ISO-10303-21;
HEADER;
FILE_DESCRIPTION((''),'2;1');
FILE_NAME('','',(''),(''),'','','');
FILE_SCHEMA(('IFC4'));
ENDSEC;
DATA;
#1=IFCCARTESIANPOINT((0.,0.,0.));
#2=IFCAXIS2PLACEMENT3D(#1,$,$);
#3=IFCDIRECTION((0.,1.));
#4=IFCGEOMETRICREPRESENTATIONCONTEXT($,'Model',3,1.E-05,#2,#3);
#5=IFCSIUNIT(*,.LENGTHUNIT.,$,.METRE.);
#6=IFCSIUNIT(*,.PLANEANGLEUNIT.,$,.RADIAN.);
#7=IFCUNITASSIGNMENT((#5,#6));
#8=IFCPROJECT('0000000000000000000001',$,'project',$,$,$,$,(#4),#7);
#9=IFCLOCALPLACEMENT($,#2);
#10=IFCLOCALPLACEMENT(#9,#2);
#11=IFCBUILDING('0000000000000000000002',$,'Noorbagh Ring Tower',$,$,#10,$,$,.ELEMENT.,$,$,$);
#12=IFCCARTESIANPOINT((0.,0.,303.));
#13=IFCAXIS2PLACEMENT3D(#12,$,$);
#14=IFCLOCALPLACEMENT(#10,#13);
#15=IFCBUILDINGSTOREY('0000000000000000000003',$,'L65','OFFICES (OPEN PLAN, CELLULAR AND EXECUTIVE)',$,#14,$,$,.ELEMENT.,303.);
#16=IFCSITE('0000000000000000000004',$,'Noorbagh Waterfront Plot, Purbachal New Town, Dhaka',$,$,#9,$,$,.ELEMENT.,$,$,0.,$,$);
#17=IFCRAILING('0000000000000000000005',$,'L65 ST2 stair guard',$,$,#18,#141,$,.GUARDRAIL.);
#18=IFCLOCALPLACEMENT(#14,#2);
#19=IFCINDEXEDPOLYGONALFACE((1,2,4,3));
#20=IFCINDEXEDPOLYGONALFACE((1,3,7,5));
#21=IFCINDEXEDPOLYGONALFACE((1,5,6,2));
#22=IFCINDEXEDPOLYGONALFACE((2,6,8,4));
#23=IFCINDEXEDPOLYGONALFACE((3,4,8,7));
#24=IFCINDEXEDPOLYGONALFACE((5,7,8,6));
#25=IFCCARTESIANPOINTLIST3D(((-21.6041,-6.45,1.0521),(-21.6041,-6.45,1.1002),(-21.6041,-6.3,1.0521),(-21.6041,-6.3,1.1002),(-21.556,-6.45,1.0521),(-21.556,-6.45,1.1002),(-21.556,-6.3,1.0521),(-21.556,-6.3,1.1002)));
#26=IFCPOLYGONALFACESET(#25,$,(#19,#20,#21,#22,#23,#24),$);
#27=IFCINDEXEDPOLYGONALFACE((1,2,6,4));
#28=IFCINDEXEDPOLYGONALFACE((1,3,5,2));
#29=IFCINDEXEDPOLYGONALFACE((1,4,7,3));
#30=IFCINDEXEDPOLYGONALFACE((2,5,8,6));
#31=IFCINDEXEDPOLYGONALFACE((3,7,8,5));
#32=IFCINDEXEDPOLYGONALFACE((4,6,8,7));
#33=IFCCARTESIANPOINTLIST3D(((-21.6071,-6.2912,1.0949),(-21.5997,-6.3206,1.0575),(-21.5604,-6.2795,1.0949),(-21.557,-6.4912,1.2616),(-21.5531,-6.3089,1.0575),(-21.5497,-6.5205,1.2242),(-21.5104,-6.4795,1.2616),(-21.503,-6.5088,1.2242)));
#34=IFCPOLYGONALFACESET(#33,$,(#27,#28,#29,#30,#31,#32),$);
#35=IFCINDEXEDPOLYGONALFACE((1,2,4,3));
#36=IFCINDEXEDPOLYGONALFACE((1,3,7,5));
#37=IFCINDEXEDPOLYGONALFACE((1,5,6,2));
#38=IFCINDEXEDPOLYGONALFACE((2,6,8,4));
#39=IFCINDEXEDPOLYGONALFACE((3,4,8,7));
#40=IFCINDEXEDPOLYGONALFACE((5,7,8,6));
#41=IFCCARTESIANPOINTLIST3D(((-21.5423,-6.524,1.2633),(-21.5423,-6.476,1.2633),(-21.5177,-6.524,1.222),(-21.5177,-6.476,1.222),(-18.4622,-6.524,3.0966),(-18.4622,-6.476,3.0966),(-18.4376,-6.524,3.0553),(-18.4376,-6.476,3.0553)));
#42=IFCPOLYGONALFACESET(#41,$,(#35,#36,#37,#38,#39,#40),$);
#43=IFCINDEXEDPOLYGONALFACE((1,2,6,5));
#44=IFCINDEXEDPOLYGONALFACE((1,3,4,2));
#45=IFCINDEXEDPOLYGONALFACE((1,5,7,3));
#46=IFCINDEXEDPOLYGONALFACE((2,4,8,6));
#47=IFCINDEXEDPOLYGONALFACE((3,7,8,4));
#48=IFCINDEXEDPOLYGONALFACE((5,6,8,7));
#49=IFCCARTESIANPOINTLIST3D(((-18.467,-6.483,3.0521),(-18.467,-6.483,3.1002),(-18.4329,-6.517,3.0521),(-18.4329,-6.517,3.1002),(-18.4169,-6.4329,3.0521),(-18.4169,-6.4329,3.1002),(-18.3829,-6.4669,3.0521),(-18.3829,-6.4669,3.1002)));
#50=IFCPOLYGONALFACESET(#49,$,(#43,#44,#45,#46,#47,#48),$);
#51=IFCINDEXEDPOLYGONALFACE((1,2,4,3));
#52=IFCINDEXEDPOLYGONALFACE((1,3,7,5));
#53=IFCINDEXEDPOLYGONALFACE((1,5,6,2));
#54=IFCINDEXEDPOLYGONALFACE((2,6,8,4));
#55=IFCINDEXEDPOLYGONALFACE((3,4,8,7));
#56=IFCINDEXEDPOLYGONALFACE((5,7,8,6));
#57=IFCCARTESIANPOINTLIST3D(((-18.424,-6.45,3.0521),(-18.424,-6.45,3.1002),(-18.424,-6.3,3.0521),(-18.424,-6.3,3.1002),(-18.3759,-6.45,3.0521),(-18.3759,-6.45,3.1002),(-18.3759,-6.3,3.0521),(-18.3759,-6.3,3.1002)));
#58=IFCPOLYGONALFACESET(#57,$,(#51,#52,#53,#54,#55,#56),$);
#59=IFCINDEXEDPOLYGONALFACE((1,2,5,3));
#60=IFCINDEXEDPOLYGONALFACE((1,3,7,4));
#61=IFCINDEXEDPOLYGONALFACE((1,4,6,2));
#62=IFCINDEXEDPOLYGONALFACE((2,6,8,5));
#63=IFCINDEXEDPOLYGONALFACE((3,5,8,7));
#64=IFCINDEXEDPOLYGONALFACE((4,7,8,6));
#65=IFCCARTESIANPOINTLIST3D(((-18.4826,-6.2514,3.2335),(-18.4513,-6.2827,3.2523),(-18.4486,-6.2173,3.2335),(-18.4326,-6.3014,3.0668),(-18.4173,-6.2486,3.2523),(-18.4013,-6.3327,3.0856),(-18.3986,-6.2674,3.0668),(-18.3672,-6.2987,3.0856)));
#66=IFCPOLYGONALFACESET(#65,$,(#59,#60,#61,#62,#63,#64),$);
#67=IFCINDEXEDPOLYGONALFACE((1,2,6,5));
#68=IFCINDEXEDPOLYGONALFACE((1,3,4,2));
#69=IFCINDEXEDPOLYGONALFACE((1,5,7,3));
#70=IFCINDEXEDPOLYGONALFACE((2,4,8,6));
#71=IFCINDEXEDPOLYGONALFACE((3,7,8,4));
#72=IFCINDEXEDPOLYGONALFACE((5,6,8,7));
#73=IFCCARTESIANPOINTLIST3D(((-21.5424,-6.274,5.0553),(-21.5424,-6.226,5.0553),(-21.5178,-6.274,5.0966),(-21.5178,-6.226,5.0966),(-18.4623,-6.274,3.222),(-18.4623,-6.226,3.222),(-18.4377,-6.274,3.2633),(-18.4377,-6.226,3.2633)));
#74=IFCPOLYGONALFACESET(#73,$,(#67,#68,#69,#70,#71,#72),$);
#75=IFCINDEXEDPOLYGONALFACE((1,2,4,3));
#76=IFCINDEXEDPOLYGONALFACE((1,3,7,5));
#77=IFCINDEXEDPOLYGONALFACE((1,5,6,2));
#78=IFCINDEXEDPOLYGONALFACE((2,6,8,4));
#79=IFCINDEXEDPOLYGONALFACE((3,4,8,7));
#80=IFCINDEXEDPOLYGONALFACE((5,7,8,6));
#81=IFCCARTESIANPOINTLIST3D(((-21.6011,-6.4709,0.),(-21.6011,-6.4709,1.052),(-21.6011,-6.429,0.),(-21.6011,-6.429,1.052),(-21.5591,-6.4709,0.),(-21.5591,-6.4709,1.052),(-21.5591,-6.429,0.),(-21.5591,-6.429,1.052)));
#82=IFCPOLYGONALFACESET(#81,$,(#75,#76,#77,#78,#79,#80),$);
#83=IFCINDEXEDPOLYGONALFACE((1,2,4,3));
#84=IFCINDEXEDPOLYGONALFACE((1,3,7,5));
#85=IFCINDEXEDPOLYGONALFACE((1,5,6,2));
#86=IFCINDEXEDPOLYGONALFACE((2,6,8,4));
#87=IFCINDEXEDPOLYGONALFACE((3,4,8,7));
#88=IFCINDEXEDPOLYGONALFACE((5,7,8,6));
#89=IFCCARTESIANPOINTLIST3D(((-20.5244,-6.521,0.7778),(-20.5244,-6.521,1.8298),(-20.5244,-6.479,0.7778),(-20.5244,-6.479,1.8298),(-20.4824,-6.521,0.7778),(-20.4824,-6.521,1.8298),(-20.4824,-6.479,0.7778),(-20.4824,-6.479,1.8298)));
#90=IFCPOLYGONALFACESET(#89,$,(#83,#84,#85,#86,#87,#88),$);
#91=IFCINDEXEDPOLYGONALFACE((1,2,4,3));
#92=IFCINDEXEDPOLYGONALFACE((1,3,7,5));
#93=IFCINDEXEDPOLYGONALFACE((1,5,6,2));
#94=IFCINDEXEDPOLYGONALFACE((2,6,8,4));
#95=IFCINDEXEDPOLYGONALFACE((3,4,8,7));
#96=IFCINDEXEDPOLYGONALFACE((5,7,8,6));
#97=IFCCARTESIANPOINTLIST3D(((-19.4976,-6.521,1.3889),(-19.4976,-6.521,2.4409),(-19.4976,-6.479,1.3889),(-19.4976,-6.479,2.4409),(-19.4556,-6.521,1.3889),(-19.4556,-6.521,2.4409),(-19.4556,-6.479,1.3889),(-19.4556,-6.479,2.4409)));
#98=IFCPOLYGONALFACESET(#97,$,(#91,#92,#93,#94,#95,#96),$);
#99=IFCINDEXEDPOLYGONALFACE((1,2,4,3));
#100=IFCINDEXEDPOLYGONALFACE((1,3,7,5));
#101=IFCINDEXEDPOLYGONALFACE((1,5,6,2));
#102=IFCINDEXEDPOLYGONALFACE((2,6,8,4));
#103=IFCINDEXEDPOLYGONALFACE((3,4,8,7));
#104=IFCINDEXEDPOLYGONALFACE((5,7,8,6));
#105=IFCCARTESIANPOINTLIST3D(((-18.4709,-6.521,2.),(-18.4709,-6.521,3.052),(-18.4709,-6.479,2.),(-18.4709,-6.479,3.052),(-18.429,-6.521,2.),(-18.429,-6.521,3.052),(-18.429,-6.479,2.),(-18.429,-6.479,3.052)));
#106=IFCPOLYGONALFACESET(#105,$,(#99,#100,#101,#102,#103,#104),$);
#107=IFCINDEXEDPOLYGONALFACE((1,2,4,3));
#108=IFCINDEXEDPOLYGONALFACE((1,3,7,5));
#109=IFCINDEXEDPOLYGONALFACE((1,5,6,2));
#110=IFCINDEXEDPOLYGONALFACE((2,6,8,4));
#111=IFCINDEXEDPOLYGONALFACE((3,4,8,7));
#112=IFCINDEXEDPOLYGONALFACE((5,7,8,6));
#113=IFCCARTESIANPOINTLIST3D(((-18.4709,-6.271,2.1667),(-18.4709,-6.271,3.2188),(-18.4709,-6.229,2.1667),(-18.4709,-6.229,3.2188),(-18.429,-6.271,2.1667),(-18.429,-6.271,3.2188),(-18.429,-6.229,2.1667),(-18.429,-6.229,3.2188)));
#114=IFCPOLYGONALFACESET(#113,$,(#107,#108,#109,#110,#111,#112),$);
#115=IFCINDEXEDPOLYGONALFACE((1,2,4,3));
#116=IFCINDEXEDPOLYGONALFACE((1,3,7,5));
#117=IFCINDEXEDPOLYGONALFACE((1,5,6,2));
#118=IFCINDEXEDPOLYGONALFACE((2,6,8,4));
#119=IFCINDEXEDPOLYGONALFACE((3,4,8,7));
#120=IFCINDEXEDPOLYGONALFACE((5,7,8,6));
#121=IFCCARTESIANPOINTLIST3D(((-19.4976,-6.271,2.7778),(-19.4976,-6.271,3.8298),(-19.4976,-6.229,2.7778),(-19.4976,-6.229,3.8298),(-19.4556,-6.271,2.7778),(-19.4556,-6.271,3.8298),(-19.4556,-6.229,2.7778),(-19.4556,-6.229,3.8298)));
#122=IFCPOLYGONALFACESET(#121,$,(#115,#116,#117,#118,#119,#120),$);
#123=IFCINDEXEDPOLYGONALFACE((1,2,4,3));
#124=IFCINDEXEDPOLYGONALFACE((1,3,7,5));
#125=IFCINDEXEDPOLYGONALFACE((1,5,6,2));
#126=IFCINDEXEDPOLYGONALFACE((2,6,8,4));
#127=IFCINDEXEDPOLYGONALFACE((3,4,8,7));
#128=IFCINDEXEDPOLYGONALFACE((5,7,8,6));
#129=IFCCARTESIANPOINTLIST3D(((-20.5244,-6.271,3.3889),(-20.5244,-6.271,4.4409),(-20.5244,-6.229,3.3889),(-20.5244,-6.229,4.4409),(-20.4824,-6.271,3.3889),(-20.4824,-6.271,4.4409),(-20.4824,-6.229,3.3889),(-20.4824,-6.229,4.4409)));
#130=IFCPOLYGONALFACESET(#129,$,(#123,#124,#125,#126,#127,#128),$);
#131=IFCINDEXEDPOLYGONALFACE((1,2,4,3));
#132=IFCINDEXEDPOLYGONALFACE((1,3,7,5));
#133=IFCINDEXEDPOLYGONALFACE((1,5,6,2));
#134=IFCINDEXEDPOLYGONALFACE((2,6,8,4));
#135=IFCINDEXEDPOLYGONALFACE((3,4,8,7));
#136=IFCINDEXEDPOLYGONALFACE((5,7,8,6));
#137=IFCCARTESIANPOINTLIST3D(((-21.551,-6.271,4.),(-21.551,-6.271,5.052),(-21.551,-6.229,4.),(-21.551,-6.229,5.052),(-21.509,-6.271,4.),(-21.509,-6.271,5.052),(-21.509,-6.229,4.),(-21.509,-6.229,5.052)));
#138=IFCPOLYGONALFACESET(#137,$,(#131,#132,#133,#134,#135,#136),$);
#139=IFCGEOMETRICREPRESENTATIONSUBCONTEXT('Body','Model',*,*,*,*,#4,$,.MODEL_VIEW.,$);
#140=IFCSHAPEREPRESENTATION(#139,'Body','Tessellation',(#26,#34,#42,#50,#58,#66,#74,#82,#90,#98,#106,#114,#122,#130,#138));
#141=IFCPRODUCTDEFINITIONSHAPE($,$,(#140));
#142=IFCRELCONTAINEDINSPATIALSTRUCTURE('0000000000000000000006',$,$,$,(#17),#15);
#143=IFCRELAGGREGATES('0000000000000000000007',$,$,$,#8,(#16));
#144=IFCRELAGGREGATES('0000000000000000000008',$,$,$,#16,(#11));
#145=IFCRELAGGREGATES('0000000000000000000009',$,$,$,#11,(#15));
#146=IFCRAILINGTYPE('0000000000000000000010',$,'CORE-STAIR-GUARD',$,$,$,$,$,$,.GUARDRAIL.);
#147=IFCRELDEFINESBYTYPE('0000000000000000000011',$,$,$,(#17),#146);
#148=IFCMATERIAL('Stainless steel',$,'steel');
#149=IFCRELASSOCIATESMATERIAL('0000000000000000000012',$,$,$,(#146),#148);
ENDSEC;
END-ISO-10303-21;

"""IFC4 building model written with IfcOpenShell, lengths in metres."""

from ifc_helpers import new_model, si_unit, direction, frame, origin, origin_2d, place, context, subcontext, project, spatial, rectangle, extrude, material, type_object, element, save


model = new_model("IFC4")

# Units and contexts
model_context = context("Model", 3, precision=1e-05, world=origin(), true_north=direction((0.0, 1.0)))
body_context = subcontext(model_context, "Body", "Model", "MODEL_VIEW")
ifc_project = project(units=[si_unit("LENGTHUNIT", "METRE"), si_unit("PLANEANGLEUNIT", "RADIAN")], contexts=[model_context])

# Site, building, storey
site_placement = place(None, origin())
site = spatial("IfcSite", under=ifc_project, at=site_placement, Name="Noorbagh Waterfront Plot, Purbachal New Town, Dhaka", CompositionType="ELEMENT", RefElevation=0.0)
building_placement = place(site_placement, origin())
building = spatial("IfcBuilding", under=site, at=building_placement, Name="Noorbagh Ring Tower", CompositionType="ELEMENT")
storey_placement = place(building_placement, frame((0.0, 0.0, 303.0)))
storey = spatial("IfcBuildingStorey", under=building, at=storey_placement, Name="L65", Description="OFFICES (OPEN PLAN, CELLULAR AND EXECUTIVE)", CompositionType="ELEMENT", Elevation=303.0)

# Railing
ifc_material_1 = material(Name="Stainless steel", Category="steel")
railing_type_1 = type_object("IfcRailingType", Name="CORE-STAIR-GUARD", PredefinedType="GUARDRAIL", material=ifc_material_1)
railing_1_placement = place(storey_placement, frame((-21.5801, -6.45, 0.0)))
element("IfcRailing", 1, at=railing_1_placement, inside=storey, type_object=railing_type_1, Name="L65 ST2 stair guard", PredefinedType="GUARDRAIL", context=body_context, shape_type="SweptSolid", body=[
    extrude(rectangle(XDim=0.0481, YDim=0.0481, at=origin_2d()), frame((0.0, 0.0, 1.0762), z_axis=(0.0, 1.0, 0.0), x_axis=(-1.0, 0.0, 0.0)), (0.0, 0.0, 1.0), 0.1499),
    extrude(rectangle(XDim=0.0481, YDim=0.0481, at=origin_2d()), frame((0.0, 0.1499, 1.0762), z_axis=(0.188776, -0.754182, 0.628946), x_axis=(0.970073, 0.242814, 0.0)), (0.0, 0.0, 1.0), 0.2651),
    extrude(rectangle(XDim=0.0481, YDim=0.0481, at=origin_2d()), frame((0.05, -0.05, 1.2427), z_axis=(0.859309, 0.0, 0.511458), x_axis=(0.0, 1.0, 0.0)), (0.0, 0.0, 1.0), 3.5845),
    extrude(rectangle(XDim=0.0481, YDim=0.0481, at=origin_2d()), frame((3.1301, -0.05, 3.0762), z_axis=(0.707107, 0.707107, 0.0), x_axis=(-0.707107, 0.707107, 0.0)), (0.0, 0.0, 1.0), 0.0708),
    extrude(rectangle(XDim=0.0481, YDim=0.0481, at=origin_2d()), frame((3.1802, 0.0, 3.0762), z_axis=(0.0, 1.0, 0.0), x_axis=(-1.0, 0.0, 0.0)), (0.0, 0.0, 1.0), 0.1499),
    extrude(rectangle(XDim=0.0481, YDim=0.0481, at=origin_2d()), frame((3.1802, 0.1499, 3.0762), z_axis=(-0.276287, 0.276287, 0.920506), x_axis=(-0.707107, -0.707107, 0.0)), (0.0, 0.0, 1.0), 0.1812),
    extrude(rectangle(XDim=0.0481, YDim=0.0481, at=origin_2d()), frame((3.1301, 0.2, 3.2427), z_axis=(-0.859309, 0.0, 0.511458), x_axis=(0.0, -1.0, 0.0)), (0.0, 0.0, 1.0), 3.5845),
    extrude(rectangle(XDim=0.042, YDim=0.042, at=origin_2d()), origin(), (0.0, 0.0, 1.0), 1.052),
    extrude(rectangle(XDim=0.042, YDim=0.042, at=origin_2d()), frame((1.0767, -0.05, 0.7778)), (0.0, 0.0, 1.0), 1.052),
    extrude(rectangle(XDim=0.042, YDim=0.042, at=origin_2d()), frame((2.1035, -0.05, 1.3889)), (0.0, 0.0, 1.0), 1.052),
    extrude(rectangle(XDim=0.042, YDim=0.042, at=origin_2d()), frame((3.1301, -0.05, 2.0)), (0.0, 0.0, 1.0), 1.052),
    extrude(rectangle(XDim=0.042, YDim=0.042, at=origin_2d()), frame((3.1301, 0.2, 2.1667)), (0.0, 0.0, 1.0), 1.052),
    extrude(rectangle(XDim=0.042, YDim=0.042, at=origin_2d()), frame((2.1035, 0.2, 2.7778)), (0.0, 0.0, 1.0), 1.052),
    extrude(rectangle(XDim=0.042, YDim=0.042, at=origin_2d()), frame((1.0767, 0.2, 3.3889)), (0.0, 0.0, 1.0), 1.052),
    extrude(rectangle(XDim=0.042, YDim=0.042, at=origin_2d()), frame((0.05, 0.2, 4.0)), (0.0, 0.0, 1.0), 1.052),
])

save(model, "model.ifc")
